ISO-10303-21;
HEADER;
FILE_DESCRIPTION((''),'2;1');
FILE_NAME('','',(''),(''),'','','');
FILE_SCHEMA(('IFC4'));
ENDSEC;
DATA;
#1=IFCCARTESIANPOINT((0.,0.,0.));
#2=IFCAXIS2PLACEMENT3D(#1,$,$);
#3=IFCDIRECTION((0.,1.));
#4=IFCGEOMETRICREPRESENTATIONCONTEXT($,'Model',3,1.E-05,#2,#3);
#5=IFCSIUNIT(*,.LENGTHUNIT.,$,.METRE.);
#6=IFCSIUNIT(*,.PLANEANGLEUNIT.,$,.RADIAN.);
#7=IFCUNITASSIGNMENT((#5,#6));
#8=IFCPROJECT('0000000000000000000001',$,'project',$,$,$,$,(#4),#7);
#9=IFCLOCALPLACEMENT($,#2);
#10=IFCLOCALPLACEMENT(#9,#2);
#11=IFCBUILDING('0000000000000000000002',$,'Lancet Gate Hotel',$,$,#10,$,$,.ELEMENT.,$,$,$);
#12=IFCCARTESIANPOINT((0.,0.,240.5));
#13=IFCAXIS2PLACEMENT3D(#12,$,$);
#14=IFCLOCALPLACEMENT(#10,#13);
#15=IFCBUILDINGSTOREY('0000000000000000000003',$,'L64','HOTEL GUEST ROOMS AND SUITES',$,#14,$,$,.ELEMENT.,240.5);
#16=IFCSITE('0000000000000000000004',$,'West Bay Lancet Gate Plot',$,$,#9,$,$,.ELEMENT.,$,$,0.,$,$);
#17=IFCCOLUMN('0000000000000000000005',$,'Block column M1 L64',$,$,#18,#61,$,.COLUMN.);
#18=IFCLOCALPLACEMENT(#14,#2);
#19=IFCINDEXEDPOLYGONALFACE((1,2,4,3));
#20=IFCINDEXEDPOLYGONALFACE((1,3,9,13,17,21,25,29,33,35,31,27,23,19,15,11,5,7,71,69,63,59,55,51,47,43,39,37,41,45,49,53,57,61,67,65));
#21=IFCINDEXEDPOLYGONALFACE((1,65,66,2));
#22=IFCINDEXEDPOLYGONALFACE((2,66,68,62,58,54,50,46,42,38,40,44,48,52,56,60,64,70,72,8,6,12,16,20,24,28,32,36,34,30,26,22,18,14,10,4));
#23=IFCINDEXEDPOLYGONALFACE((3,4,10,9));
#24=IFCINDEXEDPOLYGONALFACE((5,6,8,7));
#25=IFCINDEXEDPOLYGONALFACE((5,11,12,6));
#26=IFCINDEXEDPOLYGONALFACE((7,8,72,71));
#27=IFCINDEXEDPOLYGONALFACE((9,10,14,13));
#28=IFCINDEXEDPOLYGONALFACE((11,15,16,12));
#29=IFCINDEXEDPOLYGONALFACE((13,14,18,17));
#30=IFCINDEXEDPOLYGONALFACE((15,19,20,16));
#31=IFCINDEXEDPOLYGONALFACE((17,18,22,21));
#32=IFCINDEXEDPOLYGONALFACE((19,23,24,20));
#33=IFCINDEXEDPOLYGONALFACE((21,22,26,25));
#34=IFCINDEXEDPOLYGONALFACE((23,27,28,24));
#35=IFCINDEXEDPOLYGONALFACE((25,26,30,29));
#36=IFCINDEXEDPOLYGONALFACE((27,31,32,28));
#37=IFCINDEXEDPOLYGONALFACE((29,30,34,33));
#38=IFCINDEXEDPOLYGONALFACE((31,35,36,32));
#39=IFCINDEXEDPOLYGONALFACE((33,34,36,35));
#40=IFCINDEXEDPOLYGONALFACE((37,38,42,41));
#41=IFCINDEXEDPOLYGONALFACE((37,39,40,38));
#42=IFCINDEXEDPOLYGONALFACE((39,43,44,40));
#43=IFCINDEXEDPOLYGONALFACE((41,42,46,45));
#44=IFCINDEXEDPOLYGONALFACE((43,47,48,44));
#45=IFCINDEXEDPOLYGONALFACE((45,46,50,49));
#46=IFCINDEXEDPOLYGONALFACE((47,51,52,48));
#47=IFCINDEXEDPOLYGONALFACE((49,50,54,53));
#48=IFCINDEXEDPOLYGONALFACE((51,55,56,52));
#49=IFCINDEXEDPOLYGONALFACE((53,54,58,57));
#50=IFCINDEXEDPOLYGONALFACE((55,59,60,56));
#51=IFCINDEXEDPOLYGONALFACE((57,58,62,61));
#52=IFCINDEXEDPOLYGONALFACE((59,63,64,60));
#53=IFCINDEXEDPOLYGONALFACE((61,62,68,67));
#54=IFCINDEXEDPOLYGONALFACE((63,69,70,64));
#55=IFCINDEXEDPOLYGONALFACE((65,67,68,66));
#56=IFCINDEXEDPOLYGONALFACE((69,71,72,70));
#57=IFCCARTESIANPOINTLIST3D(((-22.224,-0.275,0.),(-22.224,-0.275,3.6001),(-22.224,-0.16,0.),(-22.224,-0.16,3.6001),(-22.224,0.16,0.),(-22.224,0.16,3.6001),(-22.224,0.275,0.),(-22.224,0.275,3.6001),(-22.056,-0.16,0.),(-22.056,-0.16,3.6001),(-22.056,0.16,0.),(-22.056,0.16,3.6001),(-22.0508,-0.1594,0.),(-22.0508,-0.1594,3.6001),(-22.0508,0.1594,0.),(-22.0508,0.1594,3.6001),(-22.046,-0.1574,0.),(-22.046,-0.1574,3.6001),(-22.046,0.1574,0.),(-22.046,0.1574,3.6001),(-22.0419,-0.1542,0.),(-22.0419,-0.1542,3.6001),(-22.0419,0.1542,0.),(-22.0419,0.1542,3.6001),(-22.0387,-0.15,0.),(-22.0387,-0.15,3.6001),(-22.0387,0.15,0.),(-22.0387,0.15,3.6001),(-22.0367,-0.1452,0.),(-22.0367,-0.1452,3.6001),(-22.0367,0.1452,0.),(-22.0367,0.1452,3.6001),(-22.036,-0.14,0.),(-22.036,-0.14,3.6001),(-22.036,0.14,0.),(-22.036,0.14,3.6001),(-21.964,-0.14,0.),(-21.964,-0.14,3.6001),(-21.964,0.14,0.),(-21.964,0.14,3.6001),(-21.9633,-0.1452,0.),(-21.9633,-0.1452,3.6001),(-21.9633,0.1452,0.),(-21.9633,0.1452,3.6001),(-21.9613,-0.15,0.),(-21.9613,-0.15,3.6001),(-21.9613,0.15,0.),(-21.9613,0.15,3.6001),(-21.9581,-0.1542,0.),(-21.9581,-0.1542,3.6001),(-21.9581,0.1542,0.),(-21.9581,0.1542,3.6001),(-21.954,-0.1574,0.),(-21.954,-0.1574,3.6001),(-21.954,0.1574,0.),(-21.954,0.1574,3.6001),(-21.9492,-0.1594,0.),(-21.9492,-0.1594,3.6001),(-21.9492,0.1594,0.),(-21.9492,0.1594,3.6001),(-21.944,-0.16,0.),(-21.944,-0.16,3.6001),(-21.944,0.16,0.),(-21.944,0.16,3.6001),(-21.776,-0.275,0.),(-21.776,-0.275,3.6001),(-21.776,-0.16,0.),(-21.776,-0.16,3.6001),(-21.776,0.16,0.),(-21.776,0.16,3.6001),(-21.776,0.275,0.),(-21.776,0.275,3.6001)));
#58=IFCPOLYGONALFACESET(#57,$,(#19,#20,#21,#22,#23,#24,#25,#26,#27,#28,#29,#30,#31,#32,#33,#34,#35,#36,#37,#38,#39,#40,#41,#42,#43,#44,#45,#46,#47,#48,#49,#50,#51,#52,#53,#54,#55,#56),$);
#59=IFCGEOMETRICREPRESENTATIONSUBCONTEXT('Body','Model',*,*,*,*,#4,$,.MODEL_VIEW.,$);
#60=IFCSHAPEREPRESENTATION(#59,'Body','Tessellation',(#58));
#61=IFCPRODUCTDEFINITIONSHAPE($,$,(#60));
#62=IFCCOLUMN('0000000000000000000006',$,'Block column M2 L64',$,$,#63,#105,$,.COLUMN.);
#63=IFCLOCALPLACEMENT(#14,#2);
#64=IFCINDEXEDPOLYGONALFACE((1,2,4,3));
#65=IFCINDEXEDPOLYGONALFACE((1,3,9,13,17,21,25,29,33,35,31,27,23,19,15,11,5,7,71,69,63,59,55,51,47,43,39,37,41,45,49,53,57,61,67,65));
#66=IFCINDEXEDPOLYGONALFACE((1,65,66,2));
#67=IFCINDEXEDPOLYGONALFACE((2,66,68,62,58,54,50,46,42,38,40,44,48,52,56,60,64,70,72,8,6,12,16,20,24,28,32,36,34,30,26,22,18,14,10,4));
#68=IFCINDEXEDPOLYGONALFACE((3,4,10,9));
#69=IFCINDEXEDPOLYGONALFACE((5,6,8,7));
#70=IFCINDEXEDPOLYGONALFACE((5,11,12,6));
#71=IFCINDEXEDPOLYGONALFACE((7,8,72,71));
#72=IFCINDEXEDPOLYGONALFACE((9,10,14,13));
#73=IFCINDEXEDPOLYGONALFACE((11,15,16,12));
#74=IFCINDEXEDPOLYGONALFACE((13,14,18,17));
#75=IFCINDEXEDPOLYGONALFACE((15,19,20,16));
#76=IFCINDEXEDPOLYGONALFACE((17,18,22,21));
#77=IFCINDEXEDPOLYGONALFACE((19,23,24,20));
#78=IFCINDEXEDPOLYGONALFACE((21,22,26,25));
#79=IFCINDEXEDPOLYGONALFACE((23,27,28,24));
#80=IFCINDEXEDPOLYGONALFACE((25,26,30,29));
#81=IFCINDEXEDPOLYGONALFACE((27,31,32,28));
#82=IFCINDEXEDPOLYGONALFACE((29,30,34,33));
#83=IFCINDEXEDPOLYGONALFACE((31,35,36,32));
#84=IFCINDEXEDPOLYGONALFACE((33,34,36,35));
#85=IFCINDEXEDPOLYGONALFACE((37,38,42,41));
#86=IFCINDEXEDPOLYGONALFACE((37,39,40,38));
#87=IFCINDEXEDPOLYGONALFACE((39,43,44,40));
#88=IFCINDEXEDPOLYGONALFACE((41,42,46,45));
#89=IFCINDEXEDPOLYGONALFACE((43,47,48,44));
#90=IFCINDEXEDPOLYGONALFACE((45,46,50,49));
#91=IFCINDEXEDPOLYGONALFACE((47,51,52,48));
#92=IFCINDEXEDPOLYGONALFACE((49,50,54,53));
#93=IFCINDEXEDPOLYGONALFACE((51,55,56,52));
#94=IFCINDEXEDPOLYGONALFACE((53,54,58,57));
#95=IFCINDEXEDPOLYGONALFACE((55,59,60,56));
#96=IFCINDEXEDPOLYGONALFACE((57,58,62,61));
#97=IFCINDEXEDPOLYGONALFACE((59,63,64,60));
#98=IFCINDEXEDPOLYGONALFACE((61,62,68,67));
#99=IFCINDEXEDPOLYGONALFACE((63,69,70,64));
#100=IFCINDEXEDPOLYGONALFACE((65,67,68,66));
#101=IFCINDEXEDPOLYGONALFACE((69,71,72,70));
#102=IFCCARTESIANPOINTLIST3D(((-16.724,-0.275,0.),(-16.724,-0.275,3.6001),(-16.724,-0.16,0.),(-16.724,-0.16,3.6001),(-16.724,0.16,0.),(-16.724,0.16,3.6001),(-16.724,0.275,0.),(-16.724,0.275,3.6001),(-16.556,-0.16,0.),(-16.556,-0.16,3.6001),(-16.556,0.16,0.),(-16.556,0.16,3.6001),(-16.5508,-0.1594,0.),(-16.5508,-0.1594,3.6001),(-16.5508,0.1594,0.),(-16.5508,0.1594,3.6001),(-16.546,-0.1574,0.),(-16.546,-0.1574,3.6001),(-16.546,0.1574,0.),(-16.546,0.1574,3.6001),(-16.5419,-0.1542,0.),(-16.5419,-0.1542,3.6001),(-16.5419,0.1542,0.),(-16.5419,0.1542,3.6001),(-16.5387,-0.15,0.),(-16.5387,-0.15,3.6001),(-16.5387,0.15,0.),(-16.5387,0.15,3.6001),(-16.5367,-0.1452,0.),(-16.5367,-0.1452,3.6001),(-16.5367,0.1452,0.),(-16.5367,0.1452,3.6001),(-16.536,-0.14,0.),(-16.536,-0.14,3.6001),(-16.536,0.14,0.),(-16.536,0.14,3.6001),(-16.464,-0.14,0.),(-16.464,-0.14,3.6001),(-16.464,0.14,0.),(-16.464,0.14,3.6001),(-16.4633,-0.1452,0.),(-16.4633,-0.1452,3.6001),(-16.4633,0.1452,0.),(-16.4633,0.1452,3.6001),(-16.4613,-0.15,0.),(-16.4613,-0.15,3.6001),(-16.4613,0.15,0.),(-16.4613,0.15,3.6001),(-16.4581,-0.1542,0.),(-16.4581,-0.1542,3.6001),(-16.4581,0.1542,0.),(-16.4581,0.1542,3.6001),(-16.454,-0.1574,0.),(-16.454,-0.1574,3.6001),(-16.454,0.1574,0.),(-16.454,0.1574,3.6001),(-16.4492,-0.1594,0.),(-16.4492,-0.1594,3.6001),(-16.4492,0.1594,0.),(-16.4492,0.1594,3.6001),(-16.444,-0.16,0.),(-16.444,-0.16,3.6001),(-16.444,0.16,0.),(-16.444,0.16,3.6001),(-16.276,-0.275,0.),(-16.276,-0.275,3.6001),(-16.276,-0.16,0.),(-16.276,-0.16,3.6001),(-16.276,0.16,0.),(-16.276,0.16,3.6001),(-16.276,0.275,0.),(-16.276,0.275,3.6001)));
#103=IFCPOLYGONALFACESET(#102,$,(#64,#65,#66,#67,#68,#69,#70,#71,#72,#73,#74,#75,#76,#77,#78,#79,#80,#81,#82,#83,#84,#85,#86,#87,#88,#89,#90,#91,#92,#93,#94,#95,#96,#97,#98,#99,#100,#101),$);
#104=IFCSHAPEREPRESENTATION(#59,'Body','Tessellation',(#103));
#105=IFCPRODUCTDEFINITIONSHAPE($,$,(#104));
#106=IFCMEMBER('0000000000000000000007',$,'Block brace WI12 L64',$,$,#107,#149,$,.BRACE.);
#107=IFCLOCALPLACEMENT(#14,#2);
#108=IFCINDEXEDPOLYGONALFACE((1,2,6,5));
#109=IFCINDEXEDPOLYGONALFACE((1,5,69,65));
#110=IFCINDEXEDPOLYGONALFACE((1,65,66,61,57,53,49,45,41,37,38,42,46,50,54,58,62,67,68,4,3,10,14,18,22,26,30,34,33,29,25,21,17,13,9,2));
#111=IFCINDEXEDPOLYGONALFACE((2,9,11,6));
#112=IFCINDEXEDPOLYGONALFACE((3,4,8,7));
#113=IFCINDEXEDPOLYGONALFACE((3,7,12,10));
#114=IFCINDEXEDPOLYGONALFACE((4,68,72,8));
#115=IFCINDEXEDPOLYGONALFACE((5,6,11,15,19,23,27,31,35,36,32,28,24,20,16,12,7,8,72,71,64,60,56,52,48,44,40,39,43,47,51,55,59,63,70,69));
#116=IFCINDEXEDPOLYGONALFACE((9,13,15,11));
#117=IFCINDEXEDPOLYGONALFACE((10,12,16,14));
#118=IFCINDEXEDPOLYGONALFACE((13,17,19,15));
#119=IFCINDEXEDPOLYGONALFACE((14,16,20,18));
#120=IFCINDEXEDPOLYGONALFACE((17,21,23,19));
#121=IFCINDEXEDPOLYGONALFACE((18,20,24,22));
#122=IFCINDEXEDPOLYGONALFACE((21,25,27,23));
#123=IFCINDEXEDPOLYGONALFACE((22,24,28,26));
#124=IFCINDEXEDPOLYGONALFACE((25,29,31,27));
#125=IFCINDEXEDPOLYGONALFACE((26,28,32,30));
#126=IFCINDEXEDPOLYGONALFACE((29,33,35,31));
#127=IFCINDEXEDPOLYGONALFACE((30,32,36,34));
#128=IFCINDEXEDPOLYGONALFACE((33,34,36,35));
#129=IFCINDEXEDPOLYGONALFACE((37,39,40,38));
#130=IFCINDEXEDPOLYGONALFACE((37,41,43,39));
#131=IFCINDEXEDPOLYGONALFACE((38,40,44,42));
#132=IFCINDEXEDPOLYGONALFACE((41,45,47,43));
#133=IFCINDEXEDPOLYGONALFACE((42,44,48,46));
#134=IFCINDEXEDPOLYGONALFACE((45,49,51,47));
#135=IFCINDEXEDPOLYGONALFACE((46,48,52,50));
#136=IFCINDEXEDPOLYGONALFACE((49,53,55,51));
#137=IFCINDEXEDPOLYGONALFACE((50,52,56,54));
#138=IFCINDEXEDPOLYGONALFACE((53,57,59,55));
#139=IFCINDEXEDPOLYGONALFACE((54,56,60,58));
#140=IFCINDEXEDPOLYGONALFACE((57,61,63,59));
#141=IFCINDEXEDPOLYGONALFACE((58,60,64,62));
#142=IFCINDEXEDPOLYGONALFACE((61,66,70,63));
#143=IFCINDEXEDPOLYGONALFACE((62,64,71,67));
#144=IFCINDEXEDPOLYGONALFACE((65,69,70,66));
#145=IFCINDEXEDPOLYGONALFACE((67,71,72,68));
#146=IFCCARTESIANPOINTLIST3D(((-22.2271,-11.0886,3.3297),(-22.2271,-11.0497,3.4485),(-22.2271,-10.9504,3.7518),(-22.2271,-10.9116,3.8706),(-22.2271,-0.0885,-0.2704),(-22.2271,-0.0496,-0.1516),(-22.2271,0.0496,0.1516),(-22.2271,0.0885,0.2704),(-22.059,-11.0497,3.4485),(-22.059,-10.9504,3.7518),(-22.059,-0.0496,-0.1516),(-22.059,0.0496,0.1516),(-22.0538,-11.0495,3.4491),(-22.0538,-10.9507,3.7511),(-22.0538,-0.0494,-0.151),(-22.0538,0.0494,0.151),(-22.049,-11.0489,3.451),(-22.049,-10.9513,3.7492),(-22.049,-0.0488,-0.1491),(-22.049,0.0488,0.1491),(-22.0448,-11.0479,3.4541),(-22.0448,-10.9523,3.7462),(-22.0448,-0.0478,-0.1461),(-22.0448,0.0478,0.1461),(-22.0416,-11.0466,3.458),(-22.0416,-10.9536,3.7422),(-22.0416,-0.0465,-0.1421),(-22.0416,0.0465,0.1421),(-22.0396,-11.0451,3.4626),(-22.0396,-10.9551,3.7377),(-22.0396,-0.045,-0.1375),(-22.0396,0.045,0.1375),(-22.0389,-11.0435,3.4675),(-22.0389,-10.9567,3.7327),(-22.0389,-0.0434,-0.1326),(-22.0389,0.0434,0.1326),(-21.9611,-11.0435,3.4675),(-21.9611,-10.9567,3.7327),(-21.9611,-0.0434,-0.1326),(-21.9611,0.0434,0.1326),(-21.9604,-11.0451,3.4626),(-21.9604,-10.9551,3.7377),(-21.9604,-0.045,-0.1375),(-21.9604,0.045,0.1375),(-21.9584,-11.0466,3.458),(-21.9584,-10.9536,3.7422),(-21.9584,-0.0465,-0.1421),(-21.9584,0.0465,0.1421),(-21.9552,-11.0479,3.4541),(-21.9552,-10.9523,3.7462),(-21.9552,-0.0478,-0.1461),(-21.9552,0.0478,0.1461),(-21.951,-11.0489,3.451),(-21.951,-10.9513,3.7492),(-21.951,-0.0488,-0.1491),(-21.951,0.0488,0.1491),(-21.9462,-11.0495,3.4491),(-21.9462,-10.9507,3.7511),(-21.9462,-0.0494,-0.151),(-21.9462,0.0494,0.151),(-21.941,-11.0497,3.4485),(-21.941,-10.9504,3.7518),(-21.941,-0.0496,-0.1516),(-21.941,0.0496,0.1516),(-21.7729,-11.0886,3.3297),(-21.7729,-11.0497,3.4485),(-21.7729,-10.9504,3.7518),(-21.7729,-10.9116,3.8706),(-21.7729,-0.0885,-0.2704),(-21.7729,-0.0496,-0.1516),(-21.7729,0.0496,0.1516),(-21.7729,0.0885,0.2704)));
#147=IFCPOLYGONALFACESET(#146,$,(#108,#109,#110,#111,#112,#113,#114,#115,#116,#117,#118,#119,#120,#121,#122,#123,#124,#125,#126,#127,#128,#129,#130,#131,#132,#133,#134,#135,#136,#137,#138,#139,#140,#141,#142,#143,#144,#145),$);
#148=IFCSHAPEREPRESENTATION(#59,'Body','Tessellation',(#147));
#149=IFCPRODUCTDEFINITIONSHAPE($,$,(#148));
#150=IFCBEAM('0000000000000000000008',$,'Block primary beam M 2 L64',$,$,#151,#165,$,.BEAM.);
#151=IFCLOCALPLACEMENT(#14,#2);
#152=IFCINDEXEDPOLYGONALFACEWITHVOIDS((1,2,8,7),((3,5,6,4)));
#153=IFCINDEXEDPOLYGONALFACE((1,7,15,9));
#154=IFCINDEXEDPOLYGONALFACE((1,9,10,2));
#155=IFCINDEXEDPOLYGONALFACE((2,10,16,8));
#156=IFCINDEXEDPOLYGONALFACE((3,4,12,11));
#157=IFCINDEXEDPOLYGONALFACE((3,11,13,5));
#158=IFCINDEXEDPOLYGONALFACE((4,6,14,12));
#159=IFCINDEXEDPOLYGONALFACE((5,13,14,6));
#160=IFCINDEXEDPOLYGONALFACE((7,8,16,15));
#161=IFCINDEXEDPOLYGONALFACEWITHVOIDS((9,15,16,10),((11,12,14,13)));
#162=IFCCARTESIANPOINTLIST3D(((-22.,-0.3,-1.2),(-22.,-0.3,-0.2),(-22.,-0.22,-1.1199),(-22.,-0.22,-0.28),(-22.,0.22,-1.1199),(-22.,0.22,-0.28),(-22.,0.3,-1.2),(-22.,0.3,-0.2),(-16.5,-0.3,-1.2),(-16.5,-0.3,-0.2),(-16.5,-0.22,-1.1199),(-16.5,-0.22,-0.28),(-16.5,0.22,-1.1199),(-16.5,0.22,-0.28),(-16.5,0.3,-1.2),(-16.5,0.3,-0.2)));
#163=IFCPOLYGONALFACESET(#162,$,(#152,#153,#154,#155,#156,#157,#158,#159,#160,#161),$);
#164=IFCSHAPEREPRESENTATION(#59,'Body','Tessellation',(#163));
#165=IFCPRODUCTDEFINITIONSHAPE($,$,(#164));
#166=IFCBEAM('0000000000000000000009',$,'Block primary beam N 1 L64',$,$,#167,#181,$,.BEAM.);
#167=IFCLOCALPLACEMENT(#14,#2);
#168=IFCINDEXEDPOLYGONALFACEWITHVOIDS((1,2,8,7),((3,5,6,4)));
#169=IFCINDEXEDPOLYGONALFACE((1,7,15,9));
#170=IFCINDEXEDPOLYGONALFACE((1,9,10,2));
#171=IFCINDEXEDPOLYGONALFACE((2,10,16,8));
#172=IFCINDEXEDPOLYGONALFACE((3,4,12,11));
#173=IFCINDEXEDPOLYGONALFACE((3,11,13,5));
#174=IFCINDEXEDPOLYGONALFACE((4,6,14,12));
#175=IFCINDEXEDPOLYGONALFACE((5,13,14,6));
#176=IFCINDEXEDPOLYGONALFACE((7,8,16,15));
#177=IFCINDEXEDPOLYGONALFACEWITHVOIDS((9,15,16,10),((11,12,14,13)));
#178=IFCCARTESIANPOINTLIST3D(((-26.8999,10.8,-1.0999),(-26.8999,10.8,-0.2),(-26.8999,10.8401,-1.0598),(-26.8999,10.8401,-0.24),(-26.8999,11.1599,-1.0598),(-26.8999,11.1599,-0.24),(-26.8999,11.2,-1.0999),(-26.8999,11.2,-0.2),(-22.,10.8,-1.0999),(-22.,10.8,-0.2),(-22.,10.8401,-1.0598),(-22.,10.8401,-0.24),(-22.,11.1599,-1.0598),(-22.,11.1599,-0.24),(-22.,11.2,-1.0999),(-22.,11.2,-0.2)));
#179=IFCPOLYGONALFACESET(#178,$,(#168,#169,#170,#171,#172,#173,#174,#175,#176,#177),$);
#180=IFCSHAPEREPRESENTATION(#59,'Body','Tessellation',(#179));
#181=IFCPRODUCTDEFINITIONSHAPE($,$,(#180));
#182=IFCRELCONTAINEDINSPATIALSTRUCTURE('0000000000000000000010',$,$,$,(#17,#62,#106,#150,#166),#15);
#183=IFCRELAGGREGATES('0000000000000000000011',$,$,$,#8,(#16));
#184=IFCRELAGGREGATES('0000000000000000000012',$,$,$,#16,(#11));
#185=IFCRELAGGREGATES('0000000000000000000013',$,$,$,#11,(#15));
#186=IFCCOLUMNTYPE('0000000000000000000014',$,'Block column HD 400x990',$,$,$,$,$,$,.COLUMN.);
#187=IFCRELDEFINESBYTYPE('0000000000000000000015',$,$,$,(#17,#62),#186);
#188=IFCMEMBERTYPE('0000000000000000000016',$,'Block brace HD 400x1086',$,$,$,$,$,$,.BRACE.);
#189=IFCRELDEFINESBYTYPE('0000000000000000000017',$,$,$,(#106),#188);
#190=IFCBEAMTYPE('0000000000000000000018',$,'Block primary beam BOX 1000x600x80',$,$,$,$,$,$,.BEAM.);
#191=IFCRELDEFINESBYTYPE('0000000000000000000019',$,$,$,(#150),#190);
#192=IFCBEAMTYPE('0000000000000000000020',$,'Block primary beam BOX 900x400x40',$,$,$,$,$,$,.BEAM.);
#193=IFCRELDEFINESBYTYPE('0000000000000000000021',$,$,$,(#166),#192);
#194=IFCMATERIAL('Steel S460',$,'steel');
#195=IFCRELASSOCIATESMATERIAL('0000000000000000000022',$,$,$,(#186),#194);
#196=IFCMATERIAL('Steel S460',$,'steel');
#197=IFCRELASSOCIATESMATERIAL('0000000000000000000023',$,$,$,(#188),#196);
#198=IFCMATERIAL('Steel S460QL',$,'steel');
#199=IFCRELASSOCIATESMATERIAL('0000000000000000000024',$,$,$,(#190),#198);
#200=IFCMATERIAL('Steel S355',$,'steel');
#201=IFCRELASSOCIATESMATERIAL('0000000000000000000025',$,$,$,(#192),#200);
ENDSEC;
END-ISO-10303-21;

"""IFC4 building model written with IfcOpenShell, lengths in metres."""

from ifc_helpers import new_model, si_unit, direction, frame, origin, origin_2d, place, context, subcontext, project, spatial, hollow_rectangle, i_section, extrude, material, material_profile, profile_set, type_object, element, save


model = new_model("IFC4")

# Units and contexts
model_context = context("Model", 3, precision=1e-05, world=origin(), true_north=direction((0.0, 1.0)))
body_context = subcontext(model_context, "Body", "Model", "MODEL_VIEW")
ifc_project = project(units=[si_unit("LENGTHUNIT", "METRE"), si_unit("PLANEANGLEUNIT", "RADIAN")], contexts=[model_context])

# Site, building, storey
site_placement = place(None, origin())
site = spatial("IfcSite", under=ifc_project, at=site_placement, Name="West Bay Lancet Gate Plot", CompositionType="ELEMENT", RefElevation=0.0)
building_placement = place(site_placement, origin())
building = spatial("IfcBuilding", under=site, at=building_placement, Name="Lancet Gate Hotel", CompositionType="ELEMENT")
storey_placement = place(building_placement, frame((0.0, 0.0, 240.5)))
storey = spatial("IfcBuildingStorey", under=building, at=storey_placement, Name="L64", Description="HOTEL GUEST ROOMS AND SUITES", CompositionType="ELEMENT", Elevation=240.5)

# Columns
ifc_material_1 = material(Name="Steel S460", Category="steel")
ifc_material_profile_1 = material_profile(ifc_material_1, i_section(OverallWidth=0.448, OverallDepth=0.55, WebThickness=0.072, FlangeThickness=0.115, FilletRadius=0.02, at=origin_2d()), Name="HD 400x990")
ifc_profile_set_1 = profile_set([ifc_material_profile_1], Name="Steel S460")
column_type = type_object("IfcColumnType", Name="Block column HD 400x990", PredefinedType="COLUMN", material=ifc_profile_set_1)
for number, where, z_axis, x_axis, name in (
    (1, (-22.0, 0.0, 0.0), (0.0, 0.0, 1.0), (1.0, 0.0, 0.0), "Block column M1 L64"),
    (2, (-16.5, 0.0, 0.0), (0.0, 0.0, 1.0), (1.0, 0.0, 0.0), "Block column M2 L64"),
):
    element("IfcColumn", number, at=place(storey_placement, frame(where, z_axis=z_axis, x_axis=x_axis)), inside=storey, type_object=column_type, Name=name, PredefinedType="COLUMN", context=body_context, shape_type="SweptSolid", body=[
        extrude(i_section(OverallWidth=0.448, OverallDepth=0.55, WebThickness=0.072, FlangeThickness=0.115, FilletRadius=0.02, at=origin_2d()), origin(), (0.0, 0.0, 1.0), 3.6001),
    ])

# Member
ifc_material_2 = material(Name="Steel S460", Category="steel")
ifc_material_profile_2 = material_profile(ifc_material_2, i_section(OverallWidth=0.4541, OverallDepth=0.5691, WebThickness=0.0779, FlangeThickness=0.125, FilletRadius=0.02, at=origin_2d()), Name="HD 400x1086")
ifc_profile_set_2 = profile_set([ifc_material_profile_2], Name="Steel S460")
member_type = type_object("IfcMemberType", Name="Block brace HD 400x1086", PredefinedType="BRACE", material=ifc_profile_set_2)
member_placement = place(storey_placement, frame((-22.0, 0.0, 0.0), z_axis=(0.0, -0.950395, 0.311047), x_axis=(1.0, 0.0, 0.0)))
element("IfcMember", 3, at=member_placement, inside=storey, type_object=member_type, Name="Block brace WI12 L64", PredefinedType="BRACE", context=body_context, shape_type="SweptSolid", body=[
    extrude(i_section(OverallWidth=0.4541, OverallDepth=0.5691, WebThickness=0.0779, FlangeThickness=0.125, FilletRadius=0.02, at=origin_2d()), origin(), (0.0, 0.0, 1.0), 11.5742),
])

# Beams
ifc_material_3 = material(Name="Steel S460QL", Category="steel")
ifc_material_profile_3 = material_profile(ifc_material_3, hollow_rectangle(XDim=0.6001, YDim=1.0, WallThickness=0.0801, at=origin_2d()), Name="BOX 1000x600x80")
ifc_profile_set_3 = profile_set([ifc_material_profile_3], Name="Steel S460QL")
beam_type_1 = type_object("IfcBeamType", Name="Block primary beam BOX 1000x600x80", PredefinedType="BEAM", material=ifc_profile_set_3)
beam_1_placement = place(storey_placement, frame((-22.0, 0.0, -0.7), z_axis=(1.0, 0.0, 0.0), x_axis=(0.0, 1.0, 0.0)))
element("IfcBeam", 4, at=beam_1_placement, inside=storey, type_object=beam_type_1, Name="Block primary beam M 2 L64", PredefinedType="BEAM", context=body_context, shape_type="SweptSolid", body=[
    extrude(hollow_rectangle(XDim=0.6001, YDim=1.0, WallThickness=0.0801, at=origin_2d()), origin(), (0.0, 0.0, 1.0), 5.5),
])
ifc_material_4 = material(Name="Steel S355", Category="steel")
ifc_material_profile_4 = material_profile(ifc_material_4, hollow_rectangle(XDim=0.3999, YDim=0.8999, WallThickness=0.04, at=origin_2d()), Name="BOX 900x400x40")
ifc_profile_set_4 = profile_set([ifc_material_profile_4], Name="Steel S355")
beam_type_2 = type_object("IfcBeamType", Name="Block primary beam BOX 900x400x40", PredefinedType="BEAM", material=ifc_profile_set_4)
beam_2_placement = place(storey_placement, frame((-26.8999, 11.0, -0.6499), z_axis=(1.0, 0.0, 0.0), x_axis=(0.0, 1.0, 0.0)))
element("IfcBeam", 5, at=beam_2_placement, inside=storey, type_object=beam_type_2, Name="Block primary beam N 1 L64", PredefinedType="BEAM", context=body_context, shape_type="SweptSolid", body=[
    extrude(hollow_rectangle(XDim=0.3999, YDim=0.8999, WallThickness=0.04, at=origin_2d()), origin(), (0.0, 0.0, 1.0), 4.8999),
])

save(model, "model.ifc")
